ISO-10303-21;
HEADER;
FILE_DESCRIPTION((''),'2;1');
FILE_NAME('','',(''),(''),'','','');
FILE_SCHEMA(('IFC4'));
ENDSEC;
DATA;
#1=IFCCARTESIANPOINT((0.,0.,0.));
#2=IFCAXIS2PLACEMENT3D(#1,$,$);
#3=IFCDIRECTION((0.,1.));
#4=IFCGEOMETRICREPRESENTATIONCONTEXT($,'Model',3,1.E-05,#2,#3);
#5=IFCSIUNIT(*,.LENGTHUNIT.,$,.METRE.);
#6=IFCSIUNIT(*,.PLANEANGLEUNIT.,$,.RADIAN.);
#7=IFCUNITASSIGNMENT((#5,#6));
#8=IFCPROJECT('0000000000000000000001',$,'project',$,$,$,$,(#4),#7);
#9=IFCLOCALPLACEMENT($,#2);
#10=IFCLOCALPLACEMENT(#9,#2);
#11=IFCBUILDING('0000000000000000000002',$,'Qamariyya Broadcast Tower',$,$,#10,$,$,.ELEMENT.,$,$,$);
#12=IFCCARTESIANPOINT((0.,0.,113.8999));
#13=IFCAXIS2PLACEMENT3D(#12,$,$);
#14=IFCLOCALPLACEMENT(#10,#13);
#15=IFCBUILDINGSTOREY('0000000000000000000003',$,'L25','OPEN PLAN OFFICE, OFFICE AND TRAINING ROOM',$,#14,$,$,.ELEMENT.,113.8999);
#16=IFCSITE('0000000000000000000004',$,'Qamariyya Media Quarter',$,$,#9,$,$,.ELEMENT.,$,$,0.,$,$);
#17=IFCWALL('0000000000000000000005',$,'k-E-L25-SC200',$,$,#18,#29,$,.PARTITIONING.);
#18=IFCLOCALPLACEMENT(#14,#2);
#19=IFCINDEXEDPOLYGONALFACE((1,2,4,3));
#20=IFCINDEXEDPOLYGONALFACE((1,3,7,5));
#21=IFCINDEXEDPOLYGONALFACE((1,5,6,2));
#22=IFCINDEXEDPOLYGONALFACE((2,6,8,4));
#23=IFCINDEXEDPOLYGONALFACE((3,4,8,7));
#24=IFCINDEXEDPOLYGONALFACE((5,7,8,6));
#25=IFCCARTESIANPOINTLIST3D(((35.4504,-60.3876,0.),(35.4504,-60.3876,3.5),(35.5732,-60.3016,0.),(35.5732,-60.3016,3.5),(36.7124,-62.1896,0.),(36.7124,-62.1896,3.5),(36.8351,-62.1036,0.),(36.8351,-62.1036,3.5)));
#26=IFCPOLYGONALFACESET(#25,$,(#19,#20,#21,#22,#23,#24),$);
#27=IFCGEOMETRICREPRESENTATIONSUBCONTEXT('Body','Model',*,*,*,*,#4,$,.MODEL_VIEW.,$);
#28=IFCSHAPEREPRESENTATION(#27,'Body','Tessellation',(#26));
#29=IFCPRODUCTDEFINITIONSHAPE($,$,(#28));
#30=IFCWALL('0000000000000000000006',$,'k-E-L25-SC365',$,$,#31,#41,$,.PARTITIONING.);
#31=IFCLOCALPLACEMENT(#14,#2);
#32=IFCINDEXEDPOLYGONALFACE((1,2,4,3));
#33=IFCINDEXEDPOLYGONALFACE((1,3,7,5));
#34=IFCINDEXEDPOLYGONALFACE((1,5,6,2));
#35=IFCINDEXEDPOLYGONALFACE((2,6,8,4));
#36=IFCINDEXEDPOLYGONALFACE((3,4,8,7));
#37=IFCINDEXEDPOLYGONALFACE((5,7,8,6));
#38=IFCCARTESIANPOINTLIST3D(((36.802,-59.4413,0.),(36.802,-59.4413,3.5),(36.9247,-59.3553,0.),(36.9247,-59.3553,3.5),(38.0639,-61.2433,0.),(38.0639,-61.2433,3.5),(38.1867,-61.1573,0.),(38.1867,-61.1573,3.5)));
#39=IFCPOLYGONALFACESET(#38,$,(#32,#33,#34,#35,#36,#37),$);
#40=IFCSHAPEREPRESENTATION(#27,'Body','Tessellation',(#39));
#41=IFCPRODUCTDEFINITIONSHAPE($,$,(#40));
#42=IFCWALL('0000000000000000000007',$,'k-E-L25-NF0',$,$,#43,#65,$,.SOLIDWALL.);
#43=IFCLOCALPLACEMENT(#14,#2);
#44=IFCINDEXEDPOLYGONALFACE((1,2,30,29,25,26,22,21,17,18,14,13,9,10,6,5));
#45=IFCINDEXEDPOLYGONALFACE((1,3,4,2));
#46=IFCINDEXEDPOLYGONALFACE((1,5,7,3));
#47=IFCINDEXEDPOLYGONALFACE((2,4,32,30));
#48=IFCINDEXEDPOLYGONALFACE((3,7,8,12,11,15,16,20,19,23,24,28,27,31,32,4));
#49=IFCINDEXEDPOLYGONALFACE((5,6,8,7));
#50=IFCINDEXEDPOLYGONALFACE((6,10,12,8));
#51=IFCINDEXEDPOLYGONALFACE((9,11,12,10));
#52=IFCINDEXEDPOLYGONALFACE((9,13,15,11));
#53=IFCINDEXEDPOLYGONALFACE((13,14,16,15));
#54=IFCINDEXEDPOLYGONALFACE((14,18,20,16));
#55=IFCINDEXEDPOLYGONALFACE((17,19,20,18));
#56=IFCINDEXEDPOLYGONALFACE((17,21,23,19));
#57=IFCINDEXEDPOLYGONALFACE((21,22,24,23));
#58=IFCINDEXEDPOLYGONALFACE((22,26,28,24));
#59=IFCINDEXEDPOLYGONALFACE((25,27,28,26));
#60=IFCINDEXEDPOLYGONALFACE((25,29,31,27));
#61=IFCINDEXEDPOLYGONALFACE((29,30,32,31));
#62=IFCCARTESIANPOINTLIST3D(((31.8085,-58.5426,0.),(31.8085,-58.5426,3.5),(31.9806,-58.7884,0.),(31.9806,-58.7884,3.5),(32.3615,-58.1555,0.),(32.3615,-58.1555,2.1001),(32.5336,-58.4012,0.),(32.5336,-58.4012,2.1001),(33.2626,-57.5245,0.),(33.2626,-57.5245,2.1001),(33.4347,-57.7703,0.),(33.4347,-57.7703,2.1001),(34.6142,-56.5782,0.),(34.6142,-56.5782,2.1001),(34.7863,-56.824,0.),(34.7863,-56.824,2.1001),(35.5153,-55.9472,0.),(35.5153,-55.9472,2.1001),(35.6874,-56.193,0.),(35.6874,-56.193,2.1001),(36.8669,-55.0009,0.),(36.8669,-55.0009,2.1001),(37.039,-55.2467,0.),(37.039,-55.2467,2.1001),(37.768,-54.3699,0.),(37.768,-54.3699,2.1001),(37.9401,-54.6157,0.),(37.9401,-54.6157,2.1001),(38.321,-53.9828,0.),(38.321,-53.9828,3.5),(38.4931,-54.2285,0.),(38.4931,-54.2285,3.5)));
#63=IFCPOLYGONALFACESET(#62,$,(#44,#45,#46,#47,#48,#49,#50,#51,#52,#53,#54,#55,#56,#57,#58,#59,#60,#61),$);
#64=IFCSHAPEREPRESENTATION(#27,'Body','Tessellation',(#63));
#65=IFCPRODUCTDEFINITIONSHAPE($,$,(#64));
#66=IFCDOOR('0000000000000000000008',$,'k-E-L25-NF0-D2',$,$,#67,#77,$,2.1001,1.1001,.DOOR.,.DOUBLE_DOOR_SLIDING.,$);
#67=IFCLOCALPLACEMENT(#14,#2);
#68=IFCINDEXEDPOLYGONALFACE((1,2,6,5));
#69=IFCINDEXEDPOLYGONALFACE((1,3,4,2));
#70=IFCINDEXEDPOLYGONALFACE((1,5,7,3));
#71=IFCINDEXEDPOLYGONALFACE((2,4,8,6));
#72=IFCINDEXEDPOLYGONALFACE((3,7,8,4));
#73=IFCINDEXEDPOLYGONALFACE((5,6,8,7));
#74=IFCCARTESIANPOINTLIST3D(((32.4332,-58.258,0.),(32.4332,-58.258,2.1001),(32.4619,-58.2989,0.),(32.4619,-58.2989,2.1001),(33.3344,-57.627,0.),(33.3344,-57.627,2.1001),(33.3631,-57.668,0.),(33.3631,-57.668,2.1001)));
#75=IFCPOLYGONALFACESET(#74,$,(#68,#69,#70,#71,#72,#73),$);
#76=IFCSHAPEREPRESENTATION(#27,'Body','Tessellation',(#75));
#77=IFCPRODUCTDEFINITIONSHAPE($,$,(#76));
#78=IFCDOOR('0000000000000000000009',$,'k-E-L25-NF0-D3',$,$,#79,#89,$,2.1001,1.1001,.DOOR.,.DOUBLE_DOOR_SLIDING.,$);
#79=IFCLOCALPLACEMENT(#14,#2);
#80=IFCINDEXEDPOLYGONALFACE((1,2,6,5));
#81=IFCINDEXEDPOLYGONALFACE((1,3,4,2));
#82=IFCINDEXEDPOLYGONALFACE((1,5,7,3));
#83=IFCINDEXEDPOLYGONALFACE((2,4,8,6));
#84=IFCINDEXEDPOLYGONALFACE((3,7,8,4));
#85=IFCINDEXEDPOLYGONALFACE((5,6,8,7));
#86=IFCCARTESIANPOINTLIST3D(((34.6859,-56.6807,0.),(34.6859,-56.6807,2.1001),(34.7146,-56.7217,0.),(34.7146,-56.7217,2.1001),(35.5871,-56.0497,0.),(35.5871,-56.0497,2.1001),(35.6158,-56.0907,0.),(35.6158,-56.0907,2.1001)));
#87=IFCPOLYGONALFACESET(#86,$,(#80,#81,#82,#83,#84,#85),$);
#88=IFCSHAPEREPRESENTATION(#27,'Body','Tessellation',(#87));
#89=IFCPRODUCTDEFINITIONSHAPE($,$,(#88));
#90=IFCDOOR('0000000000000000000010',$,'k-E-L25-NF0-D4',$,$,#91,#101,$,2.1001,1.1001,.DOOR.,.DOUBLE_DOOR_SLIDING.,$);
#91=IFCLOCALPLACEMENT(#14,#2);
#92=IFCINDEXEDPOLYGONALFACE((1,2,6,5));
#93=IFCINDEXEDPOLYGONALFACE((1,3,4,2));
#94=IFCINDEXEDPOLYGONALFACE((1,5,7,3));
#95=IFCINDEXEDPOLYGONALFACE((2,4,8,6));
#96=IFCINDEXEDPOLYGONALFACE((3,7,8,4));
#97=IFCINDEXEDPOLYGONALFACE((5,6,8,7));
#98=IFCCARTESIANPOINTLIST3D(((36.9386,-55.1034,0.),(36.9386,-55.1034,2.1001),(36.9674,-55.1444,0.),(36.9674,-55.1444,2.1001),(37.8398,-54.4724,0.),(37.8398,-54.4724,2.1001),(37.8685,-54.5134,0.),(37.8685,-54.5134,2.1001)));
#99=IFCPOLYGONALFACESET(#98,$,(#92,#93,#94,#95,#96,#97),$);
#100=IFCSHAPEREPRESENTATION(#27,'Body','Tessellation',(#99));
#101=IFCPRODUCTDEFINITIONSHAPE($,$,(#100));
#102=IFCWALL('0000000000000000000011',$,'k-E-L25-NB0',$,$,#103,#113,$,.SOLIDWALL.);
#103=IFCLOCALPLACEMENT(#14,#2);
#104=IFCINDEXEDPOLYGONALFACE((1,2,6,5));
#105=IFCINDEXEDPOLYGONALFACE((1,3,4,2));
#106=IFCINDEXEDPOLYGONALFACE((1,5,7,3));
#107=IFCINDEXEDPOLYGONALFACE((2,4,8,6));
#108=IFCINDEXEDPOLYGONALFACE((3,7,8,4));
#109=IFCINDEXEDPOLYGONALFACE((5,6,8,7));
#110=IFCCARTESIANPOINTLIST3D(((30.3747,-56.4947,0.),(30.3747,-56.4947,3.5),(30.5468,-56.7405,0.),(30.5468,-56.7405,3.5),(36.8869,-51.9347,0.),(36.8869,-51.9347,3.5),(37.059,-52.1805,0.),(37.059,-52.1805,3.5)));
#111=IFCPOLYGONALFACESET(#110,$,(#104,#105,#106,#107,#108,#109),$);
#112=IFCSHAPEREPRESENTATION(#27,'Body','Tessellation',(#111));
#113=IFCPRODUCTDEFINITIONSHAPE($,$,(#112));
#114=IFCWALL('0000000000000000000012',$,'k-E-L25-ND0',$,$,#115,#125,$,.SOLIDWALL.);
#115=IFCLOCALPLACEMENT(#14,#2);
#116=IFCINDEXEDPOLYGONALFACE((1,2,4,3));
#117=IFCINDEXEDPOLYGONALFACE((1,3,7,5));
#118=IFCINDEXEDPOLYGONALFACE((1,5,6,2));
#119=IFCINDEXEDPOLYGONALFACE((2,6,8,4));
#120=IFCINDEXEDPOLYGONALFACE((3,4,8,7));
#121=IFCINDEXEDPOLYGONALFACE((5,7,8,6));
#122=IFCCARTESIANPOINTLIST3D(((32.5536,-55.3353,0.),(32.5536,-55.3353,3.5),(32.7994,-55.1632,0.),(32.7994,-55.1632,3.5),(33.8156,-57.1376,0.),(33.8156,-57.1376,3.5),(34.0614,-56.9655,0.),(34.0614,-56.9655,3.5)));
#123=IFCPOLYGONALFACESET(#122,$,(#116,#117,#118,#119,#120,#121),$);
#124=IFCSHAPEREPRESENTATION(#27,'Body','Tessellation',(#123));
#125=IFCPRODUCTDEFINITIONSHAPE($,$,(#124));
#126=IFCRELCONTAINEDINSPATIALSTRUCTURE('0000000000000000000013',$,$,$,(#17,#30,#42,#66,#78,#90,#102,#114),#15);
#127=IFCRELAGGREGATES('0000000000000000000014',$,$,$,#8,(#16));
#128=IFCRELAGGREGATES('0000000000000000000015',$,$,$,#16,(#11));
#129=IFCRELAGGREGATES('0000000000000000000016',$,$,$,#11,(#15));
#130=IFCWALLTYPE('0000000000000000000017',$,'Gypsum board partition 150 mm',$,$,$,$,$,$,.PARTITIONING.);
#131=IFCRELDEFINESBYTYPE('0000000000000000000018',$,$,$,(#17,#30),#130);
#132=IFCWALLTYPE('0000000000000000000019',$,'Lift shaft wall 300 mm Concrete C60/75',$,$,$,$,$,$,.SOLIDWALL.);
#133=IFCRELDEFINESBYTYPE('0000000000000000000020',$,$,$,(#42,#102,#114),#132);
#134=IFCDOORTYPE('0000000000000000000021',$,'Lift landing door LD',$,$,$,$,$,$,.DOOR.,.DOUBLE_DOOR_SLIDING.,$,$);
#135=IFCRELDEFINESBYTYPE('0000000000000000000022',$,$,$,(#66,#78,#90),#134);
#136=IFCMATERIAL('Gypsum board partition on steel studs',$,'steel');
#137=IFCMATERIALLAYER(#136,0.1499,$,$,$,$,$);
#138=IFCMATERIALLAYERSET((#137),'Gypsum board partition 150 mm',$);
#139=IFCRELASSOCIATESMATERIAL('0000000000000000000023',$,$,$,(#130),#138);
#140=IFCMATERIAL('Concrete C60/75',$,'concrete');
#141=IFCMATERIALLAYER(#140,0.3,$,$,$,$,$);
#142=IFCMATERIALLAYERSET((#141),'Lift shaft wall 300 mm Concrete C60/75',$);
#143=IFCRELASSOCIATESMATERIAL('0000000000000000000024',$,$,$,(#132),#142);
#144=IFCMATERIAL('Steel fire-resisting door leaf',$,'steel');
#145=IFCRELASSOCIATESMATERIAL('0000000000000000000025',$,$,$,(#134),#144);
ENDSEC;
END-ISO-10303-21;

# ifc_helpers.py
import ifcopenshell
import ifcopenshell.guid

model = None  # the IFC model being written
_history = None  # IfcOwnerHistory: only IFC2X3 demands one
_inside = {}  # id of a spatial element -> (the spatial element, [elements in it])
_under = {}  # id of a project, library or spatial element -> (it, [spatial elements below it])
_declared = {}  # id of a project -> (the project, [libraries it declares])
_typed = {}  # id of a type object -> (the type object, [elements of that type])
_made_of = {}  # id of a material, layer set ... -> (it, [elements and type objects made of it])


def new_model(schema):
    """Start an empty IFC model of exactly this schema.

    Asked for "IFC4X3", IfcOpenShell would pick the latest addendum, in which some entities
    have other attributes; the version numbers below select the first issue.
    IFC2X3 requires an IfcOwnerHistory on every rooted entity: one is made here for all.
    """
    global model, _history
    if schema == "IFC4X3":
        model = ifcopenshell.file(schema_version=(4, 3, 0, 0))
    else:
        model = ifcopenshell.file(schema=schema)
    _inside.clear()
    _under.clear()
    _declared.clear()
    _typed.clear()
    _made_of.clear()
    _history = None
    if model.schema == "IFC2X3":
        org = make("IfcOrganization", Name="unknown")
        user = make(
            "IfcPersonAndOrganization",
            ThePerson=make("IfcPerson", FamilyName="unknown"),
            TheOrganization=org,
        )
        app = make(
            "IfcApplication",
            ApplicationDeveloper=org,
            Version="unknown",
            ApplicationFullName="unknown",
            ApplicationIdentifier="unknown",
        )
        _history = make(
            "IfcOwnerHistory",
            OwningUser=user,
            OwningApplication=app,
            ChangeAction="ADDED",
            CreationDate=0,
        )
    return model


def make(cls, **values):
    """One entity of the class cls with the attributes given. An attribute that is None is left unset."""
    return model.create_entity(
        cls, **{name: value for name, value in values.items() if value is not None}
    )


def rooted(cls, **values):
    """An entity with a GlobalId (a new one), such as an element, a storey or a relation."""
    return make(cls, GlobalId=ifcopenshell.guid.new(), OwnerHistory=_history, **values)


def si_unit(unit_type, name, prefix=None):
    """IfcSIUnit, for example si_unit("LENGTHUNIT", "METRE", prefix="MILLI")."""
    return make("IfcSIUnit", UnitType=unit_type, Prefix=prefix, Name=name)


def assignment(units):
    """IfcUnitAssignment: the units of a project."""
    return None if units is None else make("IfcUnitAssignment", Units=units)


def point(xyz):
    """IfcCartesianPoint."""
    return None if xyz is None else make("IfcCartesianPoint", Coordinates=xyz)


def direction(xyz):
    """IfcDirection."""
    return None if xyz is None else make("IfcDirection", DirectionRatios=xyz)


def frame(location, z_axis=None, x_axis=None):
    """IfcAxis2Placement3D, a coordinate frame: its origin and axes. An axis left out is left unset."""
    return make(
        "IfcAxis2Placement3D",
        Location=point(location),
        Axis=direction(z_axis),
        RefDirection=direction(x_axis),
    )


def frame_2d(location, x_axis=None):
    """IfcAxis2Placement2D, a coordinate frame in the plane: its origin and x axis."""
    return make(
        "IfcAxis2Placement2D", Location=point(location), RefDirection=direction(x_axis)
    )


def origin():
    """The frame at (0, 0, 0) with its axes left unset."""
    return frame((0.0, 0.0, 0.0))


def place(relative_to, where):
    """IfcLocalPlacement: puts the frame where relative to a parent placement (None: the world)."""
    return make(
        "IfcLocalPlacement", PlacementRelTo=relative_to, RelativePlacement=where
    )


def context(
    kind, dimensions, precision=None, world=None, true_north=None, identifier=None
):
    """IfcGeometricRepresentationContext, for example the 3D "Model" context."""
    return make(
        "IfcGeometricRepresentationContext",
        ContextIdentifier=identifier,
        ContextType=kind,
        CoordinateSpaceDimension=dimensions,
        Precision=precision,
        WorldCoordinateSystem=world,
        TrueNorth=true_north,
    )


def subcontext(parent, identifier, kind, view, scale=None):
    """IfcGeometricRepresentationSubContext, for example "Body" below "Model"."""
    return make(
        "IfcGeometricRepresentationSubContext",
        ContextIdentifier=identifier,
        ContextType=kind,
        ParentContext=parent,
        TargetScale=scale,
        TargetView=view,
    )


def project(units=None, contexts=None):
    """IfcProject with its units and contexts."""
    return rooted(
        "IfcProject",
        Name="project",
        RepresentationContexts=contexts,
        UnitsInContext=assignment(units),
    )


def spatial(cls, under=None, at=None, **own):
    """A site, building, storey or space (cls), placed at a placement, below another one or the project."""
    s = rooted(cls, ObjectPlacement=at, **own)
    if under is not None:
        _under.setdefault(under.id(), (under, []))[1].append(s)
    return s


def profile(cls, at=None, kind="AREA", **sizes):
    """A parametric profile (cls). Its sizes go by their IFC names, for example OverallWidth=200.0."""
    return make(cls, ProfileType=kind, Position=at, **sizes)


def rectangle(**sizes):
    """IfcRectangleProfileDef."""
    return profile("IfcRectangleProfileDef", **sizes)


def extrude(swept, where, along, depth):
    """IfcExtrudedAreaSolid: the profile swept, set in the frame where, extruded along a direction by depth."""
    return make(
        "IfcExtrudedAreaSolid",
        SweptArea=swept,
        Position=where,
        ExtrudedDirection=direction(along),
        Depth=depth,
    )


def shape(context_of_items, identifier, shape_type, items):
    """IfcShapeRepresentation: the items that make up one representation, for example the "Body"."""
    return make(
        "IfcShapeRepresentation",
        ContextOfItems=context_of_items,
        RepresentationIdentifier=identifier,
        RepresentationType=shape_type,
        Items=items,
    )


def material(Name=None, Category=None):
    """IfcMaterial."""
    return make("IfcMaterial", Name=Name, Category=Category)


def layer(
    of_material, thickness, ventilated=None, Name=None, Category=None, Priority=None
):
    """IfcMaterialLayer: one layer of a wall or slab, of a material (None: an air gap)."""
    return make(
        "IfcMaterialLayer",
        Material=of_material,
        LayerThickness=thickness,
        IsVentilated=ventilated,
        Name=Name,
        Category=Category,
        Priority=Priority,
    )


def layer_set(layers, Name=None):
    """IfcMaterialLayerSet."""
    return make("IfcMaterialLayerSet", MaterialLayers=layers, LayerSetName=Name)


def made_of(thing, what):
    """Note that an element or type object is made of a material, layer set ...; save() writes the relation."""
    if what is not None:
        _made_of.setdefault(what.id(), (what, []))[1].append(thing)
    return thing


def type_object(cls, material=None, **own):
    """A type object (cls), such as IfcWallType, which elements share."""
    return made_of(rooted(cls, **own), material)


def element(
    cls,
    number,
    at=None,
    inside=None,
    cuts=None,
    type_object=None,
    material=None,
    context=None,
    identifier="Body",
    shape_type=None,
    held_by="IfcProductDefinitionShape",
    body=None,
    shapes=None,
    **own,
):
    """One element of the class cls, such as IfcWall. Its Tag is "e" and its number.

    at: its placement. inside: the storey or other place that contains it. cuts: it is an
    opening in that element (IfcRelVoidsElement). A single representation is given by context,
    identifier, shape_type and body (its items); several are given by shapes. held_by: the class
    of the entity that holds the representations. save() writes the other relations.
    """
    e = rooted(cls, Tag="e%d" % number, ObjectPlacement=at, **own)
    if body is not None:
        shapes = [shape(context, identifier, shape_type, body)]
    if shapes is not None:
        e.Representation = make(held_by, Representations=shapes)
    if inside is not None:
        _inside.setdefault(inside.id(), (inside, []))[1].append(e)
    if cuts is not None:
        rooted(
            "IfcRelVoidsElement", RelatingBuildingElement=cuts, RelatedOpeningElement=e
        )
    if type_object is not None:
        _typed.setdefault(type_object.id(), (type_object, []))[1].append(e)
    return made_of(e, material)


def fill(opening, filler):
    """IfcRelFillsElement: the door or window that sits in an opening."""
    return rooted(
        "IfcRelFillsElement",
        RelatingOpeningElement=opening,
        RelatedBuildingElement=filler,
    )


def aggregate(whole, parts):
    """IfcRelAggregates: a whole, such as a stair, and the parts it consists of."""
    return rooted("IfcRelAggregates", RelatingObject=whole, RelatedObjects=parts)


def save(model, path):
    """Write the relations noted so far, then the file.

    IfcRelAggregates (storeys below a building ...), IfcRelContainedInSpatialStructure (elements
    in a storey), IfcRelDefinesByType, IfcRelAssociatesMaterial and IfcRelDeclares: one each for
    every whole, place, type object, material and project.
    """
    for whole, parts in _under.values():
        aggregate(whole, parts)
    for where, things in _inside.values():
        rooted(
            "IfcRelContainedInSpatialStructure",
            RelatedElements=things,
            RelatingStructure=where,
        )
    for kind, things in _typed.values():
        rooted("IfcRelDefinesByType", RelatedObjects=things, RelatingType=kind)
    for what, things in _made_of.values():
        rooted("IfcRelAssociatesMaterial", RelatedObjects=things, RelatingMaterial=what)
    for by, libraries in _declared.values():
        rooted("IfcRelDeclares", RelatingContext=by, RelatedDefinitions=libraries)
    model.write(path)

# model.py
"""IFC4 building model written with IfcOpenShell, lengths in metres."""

from ifc_helpers import new_model, si_unit, direction, frame, frame_2d, origin, place, context, subcontext, project, spatial, rectangle, extrude, material, layer, layer_set, type_object, element, fill, save


model = new_model("IFC4")

# Units and contexts
model_context = context("Model", 3, precision=1e-05, world=origin(), true_north=direction((0.0, 1.0)))
body_context = subcontext(model_context, "Body", "Model", "MODEL_VIEW")
ifc_project = project(units=[si_unit("LENGTHUNIT", "METRE"), si_unit("PLANEANGLEUNIT", "RADIAN")], contexts=[model_context])

# Site, building, storey
site_placement = place(None, origin())
site = spatial("IfcSite", under=ifc_project, at=site_placement, Name="Qamariyya Media Quarter", CompositionType="ELEMENT", RefElevation=0.0)
building_placement = place(site_placement, origin())
building = spatial("IfcBuilding", under=site, at=building_placement, Name="Qamariyya Broadcast Tower", CompositionType="ELEMENT")
storey_placement = place(building_placement, frame((0.0, 0.0, 113.8999)))
storey = spatial("IfcBuildingStorey", under=building, at=storey_placement, Name="L25", Description="OPEN PLAN OFFICE, OFFICE AND TRAINING ROOM", CompositionType="ELEMENT", Elevation=113.8999)

# Walls
ifc_material_1 = material(Name="Gypsum board partition on steel studs", Category="steel")
ifc_layer_1 = layer(ifc_material_1, 0.1499)
ifc_layer_set_1 = layer_set([ifc_layer_1], Name="Gypsum board partition 150 mm")
wall_type_1 = type_object("IfcWallType", Name="Gypsum board partition 150 mm", PredefinedType="PARTITIONING", material=ifc_layer_set_1)
for number, where, z_axis, x_axis, name in (
    (1, (35.5117, -60.3445, 0.0), (0.0, 0.0, 1.0), (0.573634, -0.819112, 0.0), "k-E-L25-SC200"),
    (2, (36.8633, -59.3982, 0.0), (0.0, 0.0, 1.0), (0.573634, -0.819112, 0.0), "k-E-L25-SC365"),
):
    element("IfcWall", number, at=place(storey_placement, frame(where, z_axis=z_axis, x_axis=x_axis)), inside=storey, type_object=wall_type_1, Name=name, PredefinedType="PARTITIONING", context=body_context, shape_type="SweptSolid", body=[
        extrude(rectangle(XDim=2.2, YDim=0.1499, at=frame_2d((1.1001, 0.0))), origin(), (0.0, 0.0, 1.0), 3.5),
    ])

# Wall, openings, doors
ifc_material_2 = material(Name="Concrete C60/75", Category="concrete")
ifc_layer_2 = layer(ifc_material_2, 0.3)
ifc_layer_set_2 = layer_set([ifc_layer_2], Name="Lift shaft wall 300 mm Concrete C60/75")
wall_type_2 = type_object("IfcWallType", Name="Lift shaft wall 300 mm Concrete C60/75", PredefinedType="SOLIDWALL", material=ifc_layer_set_2)
wall_1_placement = place(storey_placement, frame((31.8945, -58.6655, 0.0), z_axis=(0.0, 0.0, 1.0), x_axis=(0.819167, 0.573555, 0.0)))
wall_1 = element("IfcWall", 3, at=wall_1_placement, inside=storey, type_object=wall_type_2, Name="k-E-L25-NF0", PredefinedType="SOLIDWALL", context=body_context, shape_type="SweptSolid", body=[
    extrude(rectangle(XDim=7.9502, YDim=0.3, at=frame_2d((3.9751, 0.0))), origin(), (0.0, 0.0, 1.0), 3.5),
])
opening_1_placement = place(wall_1_placement, frame((0.675, 0.0, 0.0)))
opening_1 = element("IfcOpeningElement", 4, at=opening_1_placement, cuts=wall_1, PredefinedType="OPENING", context=body_context, shape_type="SweptSolid", body=[
    extrude(rectangle(XDim=1.1001, YDim=2.1001, at=frame_2d((0.55, 1.05))), frame((0.0, 0.1599, 0.0), z_axis=(0.0, -1.0, 0.0), x_axis=(1.0, 0.0, 0.0)), (0.0, 0.0, 1.0), 0.3201),
])
opening_2_placement = place(wall_1_placement, frame((3.425, 0.0, 0.0)))
opening_2 = element("IfcOpeningElement", 5, at=opening_2_placement, cuts=wall_1, PredefinedType="OPENING", context=body_context, shape_type="SweptSolid", body=[
    extrude(rectangle(XDim=1.1001, YDim=2.1001, at=frame_2d((0.55, 1.05))), frame((0.0, 0.1599, 0.0), z_axis=(0.0, -1.0, 0.0), x_axis=(1.0, 0.0, 0.0)), (0.0, 0.0, 1.0), 0.3201),
])
opening_3_placement = place(wall_1_placement, frame((6.175, 0.0, 0.0)))
opening_3 = element("IfcOpeningElement", 6, at=opening_3_placement, cuts=wall_1, PredefinedType="OPENING", context=body_context, shape_type="SweptSolid", body=[
    extrude(rectangle(XDim=1.1001, YDim=2.1001, at=frame_2d((0.55, 1.05))), frame((0.0, 0.1599, 0.0), z_axis=(0.0, -1.0, 0.0), x_axis=(1.0, 0.0, 0.0)), (0.0, 0.0, 1.0), 0.3201),
])
ifc_material_3 = material(Name="Steel fire-resisting door leaf", Category="steel")
door_type_1 = type_object("IfcDoorType", Name="Lift landing door LD", OperationType="DOUBLE_DOOR_SLIDING", PredefinedType="DOOR", material=ifc_material_3)
door_1_placement = place(opening_1_placement, origin())
door_1 = element("IfcDoor", 7, at=door_1_placement, inside=storey, type_object=door_type_1, Name="k-E-L25-NF0-D2", OperationType="DOUBLE_DOOR_SLIDING", OverallHeight=2.1001, OverallWidth=1.1001, PredefinedType="DOOR", context=body_context, shape_type="SweptSolid", body=[
    extrude(rectangle(XDim=1.1001, YDim=2.1001, at=frame_2d((0.55, 1.05))), frame((0.0, 0.0249, 0.0), z_axis=(0.0, -1.0, 0.0), x_axis=(1.0, 0.0, 0.0)), (0.0, 0.0, 1.0), 0.05),
])
fill(opening_1, door_1)
door_2_placement = place(opening_2_placement, origin())
door_2 = element("IfcDoor", 8, at=door_2_placement, inside=storey, type_object=door_type_1, Name="k-E-L25-NF0-D3", OperationType="DOUBLE_DOOR_SLIDING", OverallHeight=2.1001, OverallWidth=1.1001, PredefinedType="DOOR", context=body_context, shape_type="SweptSolid", body=[
    extrude(rectangle(XDim=1.1001, YDim=2.1001, at=frame_2d((0.55, 1.05))), frame((0.0, 0.0249, 0.0), z_axis=(0.0, -1.0, 0.0), x_axis=(1.0, 0.0, 0.0)), (0.0, 0.0, 1.0), 0.05),
])
fill(opening_2, door_2)
door_3_placement = place(opening_3_placement, origin())
door_3 = element("IfcDoor", 9, at=door_3_placement, inside=storey, type_object=door_type_1, Name="k-E-L25-NF0-D4", OperationType="DOUBLE_DOOR_SLIDING", OverallHeight=2.1001, OverallWidth=1.1001, PredefinedType="DOOR", context=body_context, shape_type="SweptSolid", body=[
    extrude(rectangle(XDim=1.1001, YDim=2.1001, at=frame_2d((0.55, 1.05))), frame((0.0, 0.0249, 0.0), z_axis=(0.0, -1.0, 0.0), x_axis=(1.0, 0.0, 0.0)), (0.0, 0.0, 1.0), 0.05),
])
fill(opening_3, door_3)

# Walls
wall_2_placement = place(storey_placement, frame((30.4607, -56.6177, 0.0), z_axis=(0.0, 0.0, 1.0), x_axis=(0.819142, 0.57359, 0.0)))
element("IfcWall", 10, at=wall_2_placement, inside=storey, type_object=wall_type_2, Name="k-E-L25-NB0", PredefinedType="SOLIDWALL", context=body_context, shape_type="SweptSolid", body=[
    extrude(rectangle(XDim=7.95, YDim=0.3, at=frame_2d((3.9751, 0.0))), origin(), (0.0, 0.0, 1.0), 3.5),
])
wall_3_placement = place(storey_placement, frame((33.9385, -57.0515, 0.0), z_axis=(0.0, 0.0, 1.0), x_axis=(-0.573581, 0.819149, 0.0)))
element("IfcWall", 11, at=wall_3_placement, inside=storey, type_object=wall_type_2, Name="k-E-L25-ND0", PredefinedType="SOLIDWALL", context=body_context, shape_type="SweptSolid", body=[
    extrude(rectangle(XDim=2.2002, YDim=0.3, at=frame_2d((1.1001, 0.0))), origin(), (0.0, 0.0, 1.0), 3.5),
])

save(model, "model.ifc")
